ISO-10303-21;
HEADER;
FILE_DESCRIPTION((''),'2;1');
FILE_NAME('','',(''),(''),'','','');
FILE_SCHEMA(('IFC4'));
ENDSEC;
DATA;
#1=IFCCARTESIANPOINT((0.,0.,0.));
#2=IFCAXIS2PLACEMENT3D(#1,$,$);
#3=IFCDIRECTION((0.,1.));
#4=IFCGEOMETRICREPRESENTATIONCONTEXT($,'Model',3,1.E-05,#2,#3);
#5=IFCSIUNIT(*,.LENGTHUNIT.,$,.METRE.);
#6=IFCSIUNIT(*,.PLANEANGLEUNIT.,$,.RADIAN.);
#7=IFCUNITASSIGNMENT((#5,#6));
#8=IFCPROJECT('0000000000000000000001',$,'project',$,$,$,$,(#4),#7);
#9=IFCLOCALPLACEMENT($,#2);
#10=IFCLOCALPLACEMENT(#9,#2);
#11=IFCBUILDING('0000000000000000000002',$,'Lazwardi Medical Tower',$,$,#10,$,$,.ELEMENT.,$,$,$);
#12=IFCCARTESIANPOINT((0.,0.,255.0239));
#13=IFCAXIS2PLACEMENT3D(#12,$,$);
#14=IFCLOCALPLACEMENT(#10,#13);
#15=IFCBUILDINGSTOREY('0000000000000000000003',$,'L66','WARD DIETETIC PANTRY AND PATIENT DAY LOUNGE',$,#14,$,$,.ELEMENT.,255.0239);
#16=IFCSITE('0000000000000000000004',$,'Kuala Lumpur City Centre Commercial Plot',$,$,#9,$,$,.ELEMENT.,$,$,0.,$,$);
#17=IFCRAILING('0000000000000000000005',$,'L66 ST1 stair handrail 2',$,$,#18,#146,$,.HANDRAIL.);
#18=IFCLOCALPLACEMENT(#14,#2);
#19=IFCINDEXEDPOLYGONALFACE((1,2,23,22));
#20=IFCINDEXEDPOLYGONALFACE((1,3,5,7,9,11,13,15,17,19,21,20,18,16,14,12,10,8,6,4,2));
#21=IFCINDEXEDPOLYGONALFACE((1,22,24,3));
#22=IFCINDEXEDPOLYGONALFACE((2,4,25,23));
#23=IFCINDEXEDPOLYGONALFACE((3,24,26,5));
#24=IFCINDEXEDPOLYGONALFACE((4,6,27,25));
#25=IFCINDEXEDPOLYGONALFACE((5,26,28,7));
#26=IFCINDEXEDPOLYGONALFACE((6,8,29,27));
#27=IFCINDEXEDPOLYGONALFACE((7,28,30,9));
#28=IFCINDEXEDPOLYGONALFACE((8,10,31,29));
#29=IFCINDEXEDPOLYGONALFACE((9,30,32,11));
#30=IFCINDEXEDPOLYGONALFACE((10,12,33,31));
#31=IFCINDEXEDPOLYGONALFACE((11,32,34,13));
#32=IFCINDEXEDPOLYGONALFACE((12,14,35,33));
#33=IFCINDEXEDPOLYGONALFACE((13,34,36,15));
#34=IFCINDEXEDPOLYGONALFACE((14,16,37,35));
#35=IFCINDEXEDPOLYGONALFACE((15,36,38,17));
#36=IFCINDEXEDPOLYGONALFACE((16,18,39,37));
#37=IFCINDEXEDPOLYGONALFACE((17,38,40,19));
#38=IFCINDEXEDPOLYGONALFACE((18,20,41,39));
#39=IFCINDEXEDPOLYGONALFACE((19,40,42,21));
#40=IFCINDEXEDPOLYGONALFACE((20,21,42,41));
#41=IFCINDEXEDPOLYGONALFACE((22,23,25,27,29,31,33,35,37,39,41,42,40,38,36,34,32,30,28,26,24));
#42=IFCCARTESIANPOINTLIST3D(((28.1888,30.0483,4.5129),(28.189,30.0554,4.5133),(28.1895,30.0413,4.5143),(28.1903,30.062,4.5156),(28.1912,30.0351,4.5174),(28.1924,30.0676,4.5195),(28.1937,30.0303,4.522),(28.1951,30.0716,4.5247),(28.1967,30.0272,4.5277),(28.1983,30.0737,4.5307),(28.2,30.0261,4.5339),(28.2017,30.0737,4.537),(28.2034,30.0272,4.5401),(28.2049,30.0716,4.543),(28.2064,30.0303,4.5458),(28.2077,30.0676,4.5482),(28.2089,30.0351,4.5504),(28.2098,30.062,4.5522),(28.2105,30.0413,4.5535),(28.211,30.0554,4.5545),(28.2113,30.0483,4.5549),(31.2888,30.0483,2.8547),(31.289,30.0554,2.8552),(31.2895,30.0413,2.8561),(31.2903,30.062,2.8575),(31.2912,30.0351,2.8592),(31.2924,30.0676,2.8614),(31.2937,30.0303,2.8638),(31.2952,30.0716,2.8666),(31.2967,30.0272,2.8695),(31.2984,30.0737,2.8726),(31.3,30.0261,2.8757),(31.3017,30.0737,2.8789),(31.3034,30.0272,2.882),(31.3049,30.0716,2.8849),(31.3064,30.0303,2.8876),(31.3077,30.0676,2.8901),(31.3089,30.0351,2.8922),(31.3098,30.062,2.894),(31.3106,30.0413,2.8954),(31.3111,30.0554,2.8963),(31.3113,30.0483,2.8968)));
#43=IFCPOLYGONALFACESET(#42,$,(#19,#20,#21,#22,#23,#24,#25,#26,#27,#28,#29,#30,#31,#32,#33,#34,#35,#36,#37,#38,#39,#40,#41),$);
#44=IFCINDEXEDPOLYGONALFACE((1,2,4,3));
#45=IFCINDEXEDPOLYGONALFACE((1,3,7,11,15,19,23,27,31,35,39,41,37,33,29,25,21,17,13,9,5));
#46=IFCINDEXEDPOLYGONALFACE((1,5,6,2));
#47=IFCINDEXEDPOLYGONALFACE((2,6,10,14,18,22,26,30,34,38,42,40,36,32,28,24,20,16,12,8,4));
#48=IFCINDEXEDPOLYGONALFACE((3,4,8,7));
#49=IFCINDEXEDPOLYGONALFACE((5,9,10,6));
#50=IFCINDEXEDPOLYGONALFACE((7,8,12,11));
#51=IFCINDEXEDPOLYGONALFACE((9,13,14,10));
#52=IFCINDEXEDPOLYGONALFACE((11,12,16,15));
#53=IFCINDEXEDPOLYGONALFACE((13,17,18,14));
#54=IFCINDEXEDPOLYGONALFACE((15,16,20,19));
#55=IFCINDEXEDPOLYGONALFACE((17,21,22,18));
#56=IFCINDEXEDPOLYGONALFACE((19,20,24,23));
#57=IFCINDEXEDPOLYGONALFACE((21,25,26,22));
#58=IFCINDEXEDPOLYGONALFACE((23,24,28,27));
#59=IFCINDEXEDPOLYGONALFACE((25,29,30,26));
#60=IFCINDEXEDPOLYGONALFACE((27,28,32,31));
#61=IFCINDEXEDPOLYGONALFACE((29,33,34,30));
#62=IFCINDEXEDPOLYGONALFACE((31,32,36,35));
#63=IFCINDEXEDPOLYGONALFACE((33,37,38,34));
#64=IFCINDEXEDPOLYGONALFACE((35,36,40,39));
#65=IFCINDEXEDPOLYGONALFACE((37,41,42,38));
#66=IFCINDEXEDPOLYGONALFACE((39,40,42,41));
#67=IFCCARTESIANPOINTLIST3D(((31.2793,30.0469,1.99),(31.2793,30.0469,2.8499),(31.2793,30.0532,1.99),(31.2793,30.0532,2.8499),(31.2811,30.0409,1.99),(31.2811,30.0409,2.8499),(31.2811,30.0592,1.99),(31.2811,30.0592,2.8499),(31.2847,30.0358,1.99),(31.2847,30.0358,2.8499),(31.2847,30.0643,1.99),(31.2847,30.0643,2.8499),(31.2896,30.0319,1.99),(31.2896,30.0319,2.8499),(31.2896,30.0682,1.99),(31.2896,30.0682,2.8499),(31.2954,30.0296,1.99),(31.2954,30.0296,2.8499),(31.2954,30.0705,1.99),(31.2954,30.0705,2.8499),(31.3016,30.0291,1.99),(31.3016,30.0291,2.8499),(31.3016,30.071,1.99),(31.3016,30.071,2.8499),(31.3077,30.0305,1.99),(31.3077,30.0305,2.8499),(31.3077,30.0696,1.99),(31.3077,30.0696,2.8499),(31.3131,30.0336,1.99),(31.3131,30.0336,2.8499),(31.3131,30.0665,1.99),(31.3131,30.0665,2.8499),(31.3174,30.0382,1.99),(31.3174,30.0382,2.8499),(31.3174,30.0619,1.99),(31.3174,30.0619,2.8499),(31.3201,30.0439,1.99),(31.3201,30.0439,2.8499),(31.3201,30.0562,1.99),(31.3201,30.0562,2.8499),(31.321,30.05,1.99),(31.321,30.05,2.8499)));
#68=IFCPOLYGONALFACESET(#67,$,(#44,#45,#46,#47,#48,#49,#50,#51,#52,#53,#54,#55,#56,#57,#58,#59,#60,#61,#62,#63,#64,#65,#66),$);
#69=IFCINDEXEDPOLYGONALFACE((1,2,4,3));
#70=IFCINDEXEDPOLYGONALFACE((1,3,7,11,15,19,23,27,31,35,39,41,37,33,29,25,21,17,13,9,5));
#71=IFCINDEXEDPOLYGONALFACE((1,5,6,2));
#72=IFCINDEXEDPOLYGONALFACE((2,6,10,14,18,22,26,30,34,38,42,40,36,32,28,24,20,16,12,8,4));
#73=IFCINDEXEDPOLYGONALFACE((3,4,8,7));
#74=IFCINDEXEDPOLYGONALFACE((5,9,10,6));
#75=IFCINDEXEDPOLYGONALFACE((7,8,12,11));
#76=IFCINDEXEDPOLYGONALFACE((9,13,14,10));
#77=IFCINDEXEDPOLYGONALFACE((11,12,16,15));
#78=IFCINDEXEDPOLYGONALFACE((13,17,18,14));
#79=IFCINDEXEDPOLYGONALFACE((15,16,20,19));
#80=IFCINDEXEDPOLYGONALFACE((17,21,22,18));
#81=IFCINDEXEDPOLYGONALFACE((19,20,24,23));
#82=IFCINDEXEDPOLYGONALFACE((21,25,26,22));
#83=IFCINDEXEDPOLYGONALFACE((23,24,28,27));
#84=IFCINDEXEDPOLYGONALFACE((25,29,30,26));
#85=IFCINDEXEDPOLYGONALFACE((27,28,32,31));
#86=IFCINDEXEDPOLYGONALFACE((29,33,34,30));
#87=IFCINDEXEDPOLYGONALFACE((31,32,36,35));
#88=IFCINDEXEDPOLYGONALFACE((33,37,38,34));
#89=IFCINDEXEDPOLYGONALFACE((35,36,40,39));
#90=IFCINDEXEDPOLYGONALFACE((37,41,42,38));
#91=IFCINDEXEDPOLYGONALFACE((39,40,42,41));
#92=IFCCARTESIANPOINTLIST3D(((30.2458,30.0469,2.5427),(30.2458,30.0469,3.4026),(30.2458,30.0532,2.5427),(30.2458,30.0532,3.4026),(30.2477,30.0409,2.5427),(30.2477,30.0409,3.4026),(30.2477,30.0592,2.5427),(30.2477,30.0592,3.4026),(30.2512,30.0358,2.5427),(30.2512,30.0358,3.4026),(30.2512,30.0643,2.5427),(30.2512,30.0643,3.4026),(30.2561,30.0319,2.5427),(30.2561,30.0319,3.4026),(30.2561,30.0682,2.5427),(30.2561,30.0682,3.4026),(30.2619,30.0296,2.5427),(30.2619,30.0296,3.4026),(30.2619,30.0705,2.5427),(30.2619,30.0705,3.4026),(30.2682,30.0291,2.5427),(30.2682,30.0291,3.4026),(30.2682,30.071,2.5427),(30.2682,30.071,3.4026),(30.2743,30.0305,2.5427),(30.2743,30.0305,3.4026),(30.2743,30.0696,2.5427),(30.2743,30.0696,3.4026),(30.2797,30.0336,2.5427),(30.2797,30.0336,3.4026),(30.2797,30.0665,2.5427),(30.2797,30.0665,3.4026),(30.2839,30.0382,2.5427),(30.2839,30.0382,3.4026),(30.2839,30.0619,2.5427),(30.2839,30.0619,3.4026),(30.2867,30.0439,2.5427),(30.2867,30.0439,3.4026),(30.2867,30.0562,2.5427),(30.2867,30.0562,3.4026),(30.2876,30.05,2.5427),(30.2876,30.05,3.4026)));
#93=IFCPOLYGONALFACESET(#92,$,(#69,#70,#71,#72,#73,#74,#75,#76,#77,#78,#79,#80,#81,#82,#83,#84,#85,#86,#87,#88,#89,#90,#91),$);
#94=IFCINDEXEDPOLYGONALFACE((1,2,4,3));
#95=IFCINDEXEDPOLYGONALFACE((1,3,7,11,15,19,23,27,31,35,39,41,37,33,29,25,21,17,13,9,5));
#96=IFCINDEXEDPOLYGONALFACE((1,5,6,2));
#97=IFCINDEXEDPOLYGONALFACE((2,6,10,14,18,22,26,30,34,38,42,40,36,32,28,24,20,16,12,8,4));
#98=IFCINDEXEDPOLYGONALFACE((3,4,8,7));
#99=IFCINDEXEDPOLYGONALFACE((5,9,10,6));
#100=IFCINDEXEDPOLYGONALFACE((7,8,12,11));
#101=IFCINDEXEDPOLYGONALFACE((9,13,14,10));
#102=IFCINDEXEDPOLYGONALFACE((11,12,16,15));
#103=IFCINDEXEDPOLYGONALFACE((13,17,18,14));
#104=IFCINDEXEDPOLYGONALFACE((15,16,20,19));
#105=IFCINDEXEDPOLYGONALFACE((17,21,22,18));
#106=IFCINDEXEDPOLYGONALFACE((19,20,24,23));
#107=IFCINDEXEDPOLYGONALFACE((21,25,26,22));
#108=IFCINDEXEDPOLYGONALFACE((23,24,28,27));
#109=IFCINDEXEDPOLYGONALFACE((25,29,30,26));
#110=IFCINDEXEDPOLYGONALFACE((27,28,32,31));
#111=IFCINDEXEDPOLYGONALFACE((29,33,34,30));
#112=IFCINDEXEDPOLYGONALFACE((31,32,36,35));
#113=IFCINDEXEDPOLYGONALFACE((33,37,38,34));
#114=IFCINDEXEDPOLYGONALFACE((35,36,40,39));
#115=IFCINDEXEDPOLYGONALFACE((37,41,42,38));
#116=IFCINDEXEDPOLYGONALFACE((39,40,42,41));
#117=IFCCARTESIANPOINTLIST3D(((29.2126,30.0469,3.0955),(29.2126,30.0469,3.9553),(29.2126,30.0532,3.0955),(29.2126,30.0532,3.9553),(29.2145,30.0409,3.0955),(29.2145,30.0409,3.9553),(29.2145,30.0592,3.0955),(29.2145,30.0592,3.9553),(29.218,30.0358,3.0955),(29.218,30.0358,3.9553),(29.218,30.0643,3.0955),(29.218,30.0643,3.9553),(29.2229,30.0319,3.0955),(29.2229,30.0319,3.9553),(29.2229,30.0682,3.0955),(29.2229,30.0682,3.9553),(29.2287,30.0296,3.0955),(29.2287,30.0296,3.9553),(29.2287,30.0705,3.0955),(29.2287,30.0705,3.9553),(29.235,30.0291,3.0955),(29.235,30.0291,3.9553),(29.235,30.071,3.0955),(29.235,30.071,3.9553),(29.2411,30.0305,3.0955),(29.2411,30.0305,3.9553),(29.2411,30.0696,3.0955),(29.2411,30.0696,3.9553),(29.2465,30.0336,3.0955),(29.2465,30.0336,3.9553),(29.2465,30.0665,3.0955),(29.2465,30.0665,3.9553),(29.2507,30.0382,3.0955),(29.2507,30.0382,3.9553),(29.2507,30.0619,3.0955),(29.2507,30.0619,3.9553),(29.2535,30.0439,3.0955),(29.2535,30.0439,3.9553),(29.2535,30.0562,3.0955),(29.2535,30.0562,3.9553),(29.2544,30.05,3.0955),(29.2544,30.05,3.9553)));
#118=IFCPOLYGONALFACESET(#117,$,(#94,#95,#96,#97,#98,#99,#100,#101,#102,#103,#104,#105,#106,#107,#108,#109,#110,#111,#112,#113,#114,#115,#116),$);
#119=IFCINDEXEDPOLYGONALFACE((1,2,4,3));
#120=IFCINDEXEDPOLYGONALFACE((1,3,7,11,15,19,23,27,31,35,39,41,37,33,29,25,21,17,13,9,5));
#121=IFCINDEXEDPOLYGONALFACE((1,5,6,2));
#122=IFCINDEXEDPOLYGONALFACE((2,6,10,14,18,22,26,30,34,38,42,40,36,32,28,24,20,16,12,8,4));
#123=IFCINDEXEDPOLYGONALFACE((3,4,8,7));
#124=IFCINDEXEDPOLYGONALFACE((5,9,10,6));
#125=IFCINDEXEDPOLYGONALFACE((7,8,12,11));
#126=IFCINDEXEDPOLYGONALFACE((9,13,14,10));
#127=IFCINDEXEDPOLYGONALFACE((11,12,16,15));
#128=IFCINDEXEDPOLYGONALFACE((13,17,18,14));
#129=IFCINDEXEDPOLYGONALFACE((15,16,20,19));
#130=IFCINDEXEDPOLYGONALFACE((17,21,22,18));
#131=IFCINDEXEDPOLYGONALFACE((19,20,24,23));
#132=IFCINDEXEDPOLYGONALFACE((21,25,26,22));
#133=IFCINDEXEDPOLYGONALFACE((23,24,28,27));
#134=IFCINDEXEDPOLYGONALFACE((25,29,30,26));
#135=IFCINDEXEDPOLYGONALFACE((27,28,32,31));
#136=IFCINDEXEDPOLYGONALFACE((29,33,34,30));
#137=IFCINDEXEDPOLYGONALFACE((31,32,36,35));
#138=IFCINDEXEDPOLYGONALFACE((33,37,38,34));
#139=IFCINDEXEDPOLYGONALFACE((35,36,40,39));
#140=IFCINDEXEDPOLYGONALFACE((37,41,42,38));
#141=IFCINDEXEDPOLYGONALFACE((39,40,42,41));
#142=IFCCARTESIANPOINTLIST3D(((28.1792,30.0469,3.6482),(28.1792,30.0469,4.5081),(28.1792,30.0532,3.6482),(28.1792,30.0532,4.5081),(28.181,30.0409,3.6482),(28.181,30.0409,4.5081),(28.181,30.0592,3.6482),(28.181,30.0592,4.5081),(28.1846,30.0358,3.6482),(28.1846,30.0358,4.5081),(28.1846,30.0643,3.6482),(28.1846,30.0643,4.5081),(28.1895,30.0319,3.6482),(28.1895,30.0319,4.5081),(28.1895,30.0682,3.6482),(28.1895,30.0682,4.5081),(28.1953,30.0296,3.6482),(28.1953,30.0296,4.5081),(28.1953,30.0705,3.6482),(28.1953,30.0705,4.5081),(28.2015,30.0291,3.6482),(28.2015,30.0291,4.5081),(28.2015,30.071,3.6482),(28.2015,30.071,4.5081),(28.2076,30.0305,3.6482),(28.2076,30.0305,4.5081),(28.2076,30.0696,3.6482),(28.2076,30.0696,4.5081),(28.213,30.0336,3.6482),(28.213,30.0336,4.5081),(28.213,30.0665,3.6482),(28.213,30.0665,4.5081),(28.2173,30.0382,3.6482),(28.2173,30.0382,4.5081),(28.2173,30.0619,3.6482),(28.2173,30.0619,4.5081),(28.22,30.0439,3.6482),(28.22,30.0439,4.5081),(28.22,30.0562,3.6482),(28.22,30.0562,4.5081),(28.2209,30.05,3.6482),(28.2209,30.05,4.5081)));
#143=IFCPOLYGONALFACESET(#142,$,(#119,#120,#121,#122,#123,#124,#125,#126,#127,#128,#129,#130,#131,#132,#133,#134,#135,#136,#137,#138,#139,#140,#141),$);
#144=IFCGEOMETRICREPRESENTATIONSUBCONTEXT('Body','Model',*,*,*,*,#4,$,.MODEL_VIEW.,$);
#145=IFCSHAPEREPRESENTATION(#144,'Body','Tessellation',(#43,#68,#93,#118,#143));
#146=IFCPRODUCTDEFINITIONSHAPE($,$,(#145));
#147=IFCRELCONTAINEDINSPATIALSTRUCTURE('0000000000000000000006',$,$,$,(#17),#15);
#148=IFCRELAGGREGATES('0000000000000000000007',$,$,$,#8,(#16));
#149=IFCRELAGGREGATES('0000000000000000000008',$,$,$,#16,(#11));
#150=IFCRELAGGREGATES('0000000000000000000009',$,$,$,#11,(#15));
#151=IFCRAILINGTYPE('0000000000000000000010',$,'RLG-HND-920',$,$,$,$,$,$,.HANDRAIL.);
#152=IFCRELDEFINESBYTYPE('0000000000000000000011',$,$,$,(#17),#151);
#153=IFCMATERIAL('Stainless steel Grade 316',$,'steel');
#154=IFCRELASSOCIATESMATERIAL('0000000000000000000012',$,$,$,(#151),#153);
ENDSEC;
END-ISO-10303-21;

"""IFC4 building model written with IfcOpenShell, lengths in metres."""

from ifc_helpers import new_model, si_unit, direction, frame, origin, origin_2d, place, context, subcontext, project, spatial, circle, extrude, material, type_object, element, save


model = new_model("IFC4")

# Units and contexts
model_context = context("Model", 3, precision=1e-05, world=origin(), true_north=direction((0.0, 1.0)))
body_context = subcontext(model_context, "Body", "Model", "MODEL_VIEW")
ifc_project = project(units=[si_unit("LENGTHUNIT", "METRE"), si_unit("PLANEANGLEUNIT", "RADIAN")], contexts=[model_context])

# Site, building, storey
site_placement = place(None, origin())
site = spatial("IfcSite", under=ifc_project, at=site_placement, Name="Kuala Lumpur City Centre Commercial Plot", CompositionType="ELEMENT", RefElevation=0.0)
building_placement = place(site_placement, origin())
building = spatial("IfcBuilding", under=site, at=building_placement, Name="Lazwardi Medical Tower", CompositionType="ELEMENT")
storey_placement = place(building_placement, frame((0.0, 0.0, 255.0239)))
storey = spatial("IfcBuildingStorey", under=building, at=storey_placement, Name="L66", Description="WARD DIETETIC PANTRY AND PATIENT DAY LOUNGE", CompositionType="ELEMENT", Elevation=255.0239)

# Railing
ifc_material_1 = material(Name="Stainless steel Grade 316", Category="steel")
railing_type_1 = type_object("IfcRailingType", Name="RLG-HND-920", PredefinedType="HANDRAIL", material=ifc_material_1)
railing_1_placement = place(storey_placement, frame((31.3, 30.05, 1.99)))
element("IfcRailing", 1, at=railing_1_placement, inside=storey, type_object=railing_type_1, Name="L66 ST1 stair handrail 2", PredefinedType="HANDRAIL", context=body_context, shape_type="SweptSolid", body=[
    extrude(circle(Radius=0.0239, at=origin_2d()), frame((0.0, 0.0, 0.8857), z_axis=(-0.881783, 0.0, 0.471655), x_axis=(0.0, -1.0, 0.0)), (0.0, 0.0, 1.0), 3.5156),
    extrude(circle(Radius=0.021, at=origin_2d()), origin(), (0.0, 0.0, 1.0), 0.8599),
    extrude(circle(Radius=0.021, at=origin_2d()), frame((-1.0334, 0.0, 0.5527)), (0.0, 0.0, 1.0), 0.8599),
    extrude(circle(Radius=0.021, at=origin_2d()), frame((-2.0667, 0.0, 1.1055)), (0.0, 0.0, 1.0), 0.8599),
    extrude(circle(Radius=0.021, at=origin_2d()), frame((-3.1001, 0.0, 1.6582)), (0.0, 0.0, 1.0), 0.8599),
])

save(model, "model.ifc")
